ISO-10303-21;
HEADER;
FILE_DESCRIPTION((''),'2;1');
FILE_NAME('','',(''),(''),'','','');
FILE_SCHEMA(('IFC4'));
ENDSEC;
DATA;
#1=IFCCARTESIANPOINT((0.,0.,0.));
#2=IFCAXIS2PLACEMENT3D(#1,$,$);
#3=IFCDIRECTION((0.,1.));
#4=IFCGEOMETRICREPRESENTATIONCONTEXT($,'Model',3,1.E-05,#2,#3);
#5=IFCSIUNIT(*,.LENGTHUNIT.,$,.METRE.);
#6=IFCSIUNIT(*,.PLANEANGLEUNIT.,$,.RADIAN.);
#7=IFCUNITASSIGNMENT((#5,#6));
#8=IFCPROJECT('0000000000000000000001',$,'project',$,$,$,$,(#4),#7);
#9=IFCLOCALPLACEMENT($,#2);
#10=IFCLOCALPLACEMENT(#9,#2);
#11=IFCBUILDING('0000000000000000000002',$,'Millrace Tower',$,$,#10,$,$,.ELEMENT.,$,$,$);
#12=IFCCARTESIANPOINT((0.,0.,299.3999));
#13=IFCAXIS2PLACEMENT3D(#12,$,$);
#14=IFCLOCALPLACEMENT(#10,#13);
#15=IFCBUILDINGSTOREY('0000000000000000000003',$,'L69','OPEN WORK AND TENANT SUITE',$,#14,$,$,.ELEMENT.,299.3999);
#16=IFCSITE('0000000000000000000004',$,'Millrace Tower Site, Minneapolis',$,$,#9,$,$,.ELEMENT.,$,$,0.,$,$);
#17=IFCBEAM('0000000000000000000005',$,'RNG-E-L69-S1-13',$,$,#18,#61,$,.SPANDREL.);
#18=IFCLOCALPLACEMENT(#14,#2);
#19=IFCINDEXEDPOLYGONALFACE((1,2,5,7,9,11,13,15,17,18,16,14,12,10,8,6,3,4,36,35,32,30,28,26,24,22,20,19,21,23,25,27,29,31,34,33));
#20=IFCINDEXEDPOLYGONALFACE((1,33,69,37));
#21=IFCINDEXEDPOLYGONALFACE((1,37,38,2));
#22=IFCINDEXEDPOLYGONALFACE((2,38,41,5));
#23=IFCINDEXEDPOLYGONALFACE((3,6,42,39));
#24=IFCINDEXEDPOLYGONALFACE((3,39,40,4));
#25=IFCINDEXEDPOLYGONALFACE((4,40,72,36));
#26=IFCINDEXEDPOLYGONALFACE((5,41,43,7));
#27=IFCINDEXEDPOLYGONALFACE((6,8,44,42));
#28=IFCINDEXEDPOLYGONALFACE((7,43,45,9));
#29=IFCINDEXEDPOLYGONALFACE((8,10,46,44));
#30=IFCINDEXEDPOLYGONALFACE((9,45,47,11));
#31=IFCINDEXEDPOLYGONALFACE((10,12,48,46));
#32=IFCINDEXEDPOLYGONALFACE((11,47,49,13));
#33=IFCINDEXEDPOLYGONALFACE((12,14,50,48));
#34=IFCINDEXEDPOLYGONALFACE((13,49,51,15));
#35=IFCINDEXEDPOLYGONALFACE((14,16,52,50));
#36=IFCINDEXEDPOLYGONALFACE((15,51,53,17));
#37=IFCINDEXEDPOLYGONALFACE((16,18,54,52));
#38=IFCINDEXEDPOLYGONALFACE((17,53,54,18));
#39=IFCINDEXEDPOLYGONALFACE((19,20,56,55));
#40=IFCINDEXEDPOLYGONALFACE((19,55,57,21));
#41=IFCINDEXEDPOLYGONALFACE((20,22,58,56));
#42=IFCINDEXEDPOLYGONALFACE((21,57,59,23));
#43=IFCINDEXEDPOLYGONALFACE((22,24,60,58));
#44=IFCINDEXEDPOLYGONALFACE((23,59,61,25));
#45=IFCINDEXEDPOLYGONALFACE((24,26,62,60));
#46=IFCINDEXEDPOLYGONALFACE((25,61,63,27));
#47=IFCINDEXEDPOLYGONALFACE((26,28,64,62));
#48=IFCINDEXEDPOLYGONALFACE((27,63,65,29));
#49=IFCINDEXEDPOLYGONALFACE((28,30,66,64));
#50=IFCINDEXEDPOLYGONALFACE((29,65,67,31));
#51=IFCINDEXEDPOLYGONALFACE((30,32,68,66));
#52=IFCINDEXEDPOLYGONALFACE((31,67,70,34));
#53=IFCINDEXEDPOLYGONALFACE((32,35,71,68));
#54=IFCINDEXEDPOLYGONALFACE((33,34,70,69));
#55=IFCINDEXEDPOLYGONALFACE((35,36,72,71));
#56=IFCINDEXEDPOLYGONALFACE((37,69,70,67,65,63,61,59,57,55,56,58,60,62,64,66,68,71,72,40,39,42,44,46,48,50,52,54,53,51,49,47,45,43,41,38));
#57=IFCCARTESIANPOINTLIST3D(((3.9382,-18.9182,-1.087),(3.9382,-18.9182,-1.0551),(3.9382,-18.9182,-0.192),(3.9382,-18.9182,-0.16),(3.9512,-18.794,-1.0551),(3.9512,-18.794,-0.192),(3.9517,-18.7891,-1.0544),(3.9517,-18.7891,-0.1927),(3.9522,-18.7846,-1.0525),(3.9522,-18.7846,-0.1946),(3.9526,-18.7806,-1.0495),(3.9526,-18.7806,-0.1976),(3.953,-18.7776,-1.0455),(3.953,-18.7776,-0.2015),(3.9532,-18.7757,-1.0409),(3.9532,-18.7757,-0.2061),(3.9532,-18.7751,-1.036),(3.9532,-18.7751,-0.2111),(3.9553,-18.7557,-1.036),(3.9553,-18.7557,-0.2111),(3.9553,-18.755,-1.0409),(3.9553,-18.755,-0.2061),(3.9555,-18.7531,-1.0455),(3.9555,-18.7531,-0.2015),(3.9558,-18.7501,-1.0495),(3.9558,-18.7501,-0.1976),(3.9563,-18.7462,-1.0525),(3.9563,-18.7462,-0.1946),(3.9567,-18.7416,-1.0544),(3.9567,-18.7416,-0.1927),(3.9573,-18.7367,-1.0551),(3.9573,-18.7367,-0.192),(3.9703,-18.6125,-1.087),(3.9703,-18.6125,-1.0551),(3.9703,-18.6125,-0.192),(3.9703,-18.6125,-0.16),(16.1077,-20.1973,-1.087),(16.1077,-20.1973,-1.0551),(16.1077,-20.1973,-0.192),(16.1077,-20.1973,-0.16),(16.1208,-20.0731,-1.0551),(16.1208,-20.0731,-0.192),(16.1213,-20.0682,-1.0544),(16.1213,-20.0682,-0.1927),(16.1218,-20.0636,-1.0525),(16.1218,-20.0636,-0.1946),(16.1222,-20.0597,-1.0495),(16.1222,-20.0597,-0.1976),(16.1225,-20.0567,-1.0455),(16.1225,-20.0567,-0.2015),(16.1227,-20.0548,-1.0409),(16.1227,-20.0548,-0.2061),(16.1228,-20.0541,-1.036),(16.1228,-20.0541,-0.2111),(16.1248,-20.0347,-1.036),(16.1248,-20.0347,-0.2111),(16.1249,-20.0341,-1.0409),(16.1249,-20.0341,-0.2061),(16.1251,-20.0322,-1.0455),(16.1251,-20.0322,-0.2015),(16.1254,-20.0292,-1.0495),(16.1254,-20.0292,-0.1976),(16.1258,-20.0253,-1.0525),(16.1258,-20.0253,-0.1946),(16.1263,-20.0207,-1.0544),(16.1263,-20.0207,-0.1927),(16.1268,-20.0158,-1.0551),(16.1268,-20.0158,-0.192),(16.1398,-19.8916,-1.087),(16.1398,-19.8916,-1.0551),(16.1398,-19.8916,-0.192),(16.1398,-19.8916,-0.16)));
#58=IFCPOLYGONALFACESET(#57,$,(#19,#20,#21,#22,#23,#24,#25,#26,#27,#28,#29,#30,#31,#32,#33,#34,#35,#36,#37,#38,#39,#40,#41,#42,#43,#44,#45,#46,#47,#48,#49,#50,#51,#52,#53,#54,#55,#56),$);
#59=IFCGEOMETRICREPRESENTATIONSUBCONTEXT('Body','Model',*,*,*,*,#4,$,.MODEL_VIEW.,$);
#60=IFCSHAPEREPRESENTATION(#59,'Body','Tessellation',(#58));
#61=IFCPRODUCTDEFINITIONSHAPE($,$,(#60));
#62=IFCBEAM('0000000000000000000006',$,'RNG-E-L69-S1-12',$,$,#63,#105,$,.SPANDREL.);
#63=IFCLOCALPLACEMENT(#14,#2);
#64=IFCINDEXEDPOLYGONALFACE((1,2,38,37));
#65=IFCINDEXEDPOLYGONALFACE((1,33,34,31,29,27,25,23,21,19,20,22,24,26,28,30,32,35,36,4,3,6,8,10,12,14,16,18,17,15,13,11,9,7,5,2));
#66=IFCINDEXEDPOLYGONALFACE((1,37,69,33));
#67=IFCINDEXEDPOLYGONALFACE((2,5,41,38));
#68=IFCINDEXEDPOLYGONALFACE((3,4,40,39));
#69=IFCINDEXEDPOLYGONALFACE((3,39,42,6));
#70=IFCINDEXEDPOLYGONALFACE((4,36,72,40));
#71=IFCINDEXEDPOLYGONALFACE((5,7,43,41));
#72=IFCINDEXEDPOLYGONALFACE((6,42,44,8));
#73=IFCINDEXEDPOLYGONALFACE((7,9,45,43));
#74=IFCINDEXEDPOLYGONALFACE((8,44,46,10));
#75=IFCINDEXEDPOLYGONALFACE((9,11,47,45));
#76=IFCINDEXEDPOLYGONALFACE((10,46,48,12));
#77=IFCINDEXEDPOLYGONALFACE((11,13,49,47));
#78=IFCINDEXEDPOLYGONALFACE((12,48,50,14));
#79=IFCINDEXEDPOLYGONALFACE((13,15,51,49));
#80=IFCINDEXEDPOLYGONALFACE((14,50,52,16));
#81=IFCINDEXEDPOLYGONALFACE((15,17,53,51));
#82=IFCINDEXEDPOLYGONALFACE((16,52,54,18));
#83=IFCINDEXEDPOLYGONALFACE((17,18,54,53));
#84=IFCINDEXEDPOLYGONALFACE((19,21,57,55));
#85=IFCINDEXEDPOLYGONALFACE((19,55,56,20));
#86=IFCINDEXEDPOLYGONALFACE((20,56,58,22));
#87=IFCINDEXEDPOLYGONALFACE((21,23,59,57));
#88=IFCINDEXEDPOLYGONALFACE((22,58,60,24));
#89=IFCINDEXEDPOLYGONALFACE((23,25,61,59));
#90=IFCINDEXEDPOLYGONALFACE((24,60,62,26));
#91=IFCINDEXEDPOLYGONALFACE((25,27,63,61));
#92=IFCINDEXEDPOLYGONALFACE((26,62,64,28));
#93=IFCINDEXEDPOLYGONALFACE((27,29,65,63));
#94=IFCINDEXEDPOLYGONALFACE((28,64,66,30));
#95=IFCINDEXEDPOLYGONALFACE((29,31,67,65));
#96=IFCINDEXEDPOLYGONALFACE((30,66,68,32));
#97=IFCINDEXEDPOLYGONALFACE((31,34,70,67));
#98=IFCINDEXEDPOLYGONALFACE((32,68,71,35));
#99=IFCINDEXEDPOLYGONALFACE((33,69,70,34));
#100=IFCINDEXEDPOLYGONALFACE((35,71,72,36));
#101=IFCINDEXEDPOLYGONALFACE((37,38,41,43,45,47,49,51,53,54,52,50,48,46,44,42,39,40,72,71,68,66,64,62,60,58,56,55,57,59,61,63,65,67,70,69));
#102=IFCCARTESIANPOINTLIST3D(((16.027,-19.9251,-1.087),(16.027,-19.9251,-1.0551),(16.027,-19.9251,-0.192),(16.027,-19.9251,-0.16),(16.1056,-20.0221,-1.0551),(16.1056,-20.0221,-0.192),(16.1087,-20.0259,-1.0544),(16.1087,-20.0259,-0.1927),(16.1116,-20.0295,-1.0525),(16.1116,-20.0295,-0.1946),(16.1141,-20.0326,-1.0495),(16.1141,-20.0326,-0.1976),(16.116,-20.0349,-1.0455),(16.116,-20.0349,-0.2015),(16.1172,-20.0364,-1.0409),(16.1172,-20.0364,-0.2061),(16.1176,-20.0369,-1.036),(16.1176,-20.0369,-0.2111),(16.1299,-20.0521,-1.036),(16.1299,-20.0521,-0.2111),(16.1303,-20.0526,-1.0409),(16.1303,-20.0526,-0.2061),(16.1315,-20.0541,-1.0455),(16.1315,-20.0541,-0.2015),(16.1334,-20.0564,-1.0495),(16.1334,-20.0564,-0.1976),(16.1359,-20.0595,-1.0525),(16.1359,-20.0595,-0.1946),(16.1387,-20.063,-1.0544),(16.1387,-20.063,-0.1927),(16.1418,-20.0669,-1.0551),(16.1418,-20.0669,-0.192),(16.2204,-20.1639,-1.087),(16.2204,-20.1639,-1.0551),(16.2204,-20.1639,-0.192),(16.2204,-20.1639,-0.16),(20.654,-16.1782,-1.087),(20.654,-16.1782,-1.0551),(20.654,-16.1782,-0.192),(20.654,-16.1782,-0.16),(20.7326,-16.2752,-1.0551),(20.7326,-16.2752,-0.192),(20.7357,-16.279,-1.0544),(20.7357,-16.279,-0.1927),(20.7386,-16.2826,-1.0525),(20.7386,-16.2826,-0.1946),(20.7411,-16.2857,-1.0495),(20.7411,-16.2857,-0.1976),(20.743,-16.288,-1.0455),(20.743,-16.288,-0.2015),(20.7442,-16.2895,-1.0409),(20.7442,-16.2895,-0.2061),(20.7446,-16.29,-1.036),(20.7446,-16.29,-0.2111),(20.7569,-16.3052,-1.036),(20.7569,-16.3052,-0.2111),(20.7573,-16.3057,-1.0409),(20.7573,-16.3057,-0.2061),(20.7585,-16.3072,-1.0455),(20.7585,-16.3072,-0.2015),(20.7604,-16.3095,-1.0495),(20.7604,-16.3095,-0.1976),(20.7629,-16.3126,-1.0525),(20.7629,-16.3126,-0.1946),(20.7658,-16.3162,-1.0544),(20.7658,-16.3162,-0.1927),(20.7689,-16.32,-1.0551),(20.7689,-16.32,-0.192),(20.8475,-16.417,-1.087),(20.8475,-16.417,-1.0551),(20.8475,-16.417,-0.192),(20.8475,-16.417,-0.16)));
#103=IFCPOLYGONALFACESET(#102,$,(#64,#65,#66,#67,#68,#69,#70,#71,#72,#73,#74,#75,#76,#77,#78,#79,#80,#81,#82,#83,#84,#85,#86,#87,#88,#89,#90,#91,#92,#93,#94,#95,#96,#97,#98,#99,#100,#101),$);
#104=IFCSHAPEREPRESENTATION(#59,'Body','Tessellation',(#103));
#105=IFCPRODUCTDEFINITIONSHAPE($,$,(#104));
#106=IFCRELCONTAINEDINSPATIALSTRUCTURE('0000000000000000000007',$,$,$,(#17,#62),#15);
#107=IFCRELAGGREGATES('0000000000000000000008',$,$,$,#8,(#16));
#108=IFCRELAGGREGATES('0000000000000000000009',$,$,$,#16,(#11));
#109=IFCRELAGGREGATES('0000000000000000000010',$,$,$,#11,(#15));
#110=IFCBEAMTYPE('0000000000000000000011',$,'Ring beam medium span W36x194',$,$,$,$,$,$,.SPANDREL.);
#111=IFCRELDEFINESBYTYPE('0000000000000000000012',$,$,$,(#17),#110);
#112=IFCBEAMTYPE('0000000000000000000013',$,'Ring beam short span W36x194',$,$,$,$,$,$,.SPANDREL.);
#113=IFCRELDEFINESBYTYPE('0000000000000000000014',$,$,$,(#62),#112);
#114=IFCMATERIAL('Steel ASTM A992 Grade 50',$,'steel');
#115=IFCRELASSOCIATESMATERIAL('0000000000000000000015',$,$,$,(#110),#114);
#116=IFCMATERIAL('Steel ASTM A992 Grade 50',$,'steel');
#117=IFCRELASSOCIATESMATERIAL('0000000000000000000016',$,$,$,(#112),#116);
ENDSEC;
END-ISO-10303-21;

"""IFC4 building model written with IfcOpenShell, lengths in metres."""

from ifc_helpers import new_model, si_unit, direction, frame, origin, origin_2d, place, context, subcontext, project, spatial, i_section, extrude, material, material_profile, profile_set, type_object, element, save


model = new_model("IFC4")

# Units and contexts
model_context = context("Model", 3, precision=1e-05, world=origin(), true_north=direction((0.0, 1.0)))
body_context = subcontext(model_context, "Body", "Model", "MODEL_VIEW")
ifc_project = project(units=[si_unit("LENGTHUNIT", "METRE"), si_unit("PLANEANGLEUNIT", "RADIAN")], contexts=[model_context])

# Site, building, storey
site_placement = place(None, origin())
site = spatial("IfcSite", under=ifc_project, at=site_placement, Name="Millrace Tower Site, Minneapolis", CompositionType="ELEMENT", RefElevation=0.0)
building_placement = place(site_placement, origin())
building = spatial("IfcBuilding", under=site, at=building_placement, Name="Millrace Tower", CompositionType="ELEMENT")
storey_placement = place(building_placement, frame((0.0, 0.0, 299.3999)))
storey = spatial("IfcBuildingStorey", under=building, at=storey_placement, Name="L69", Description="OPEN WORK AND TENANT SUITE", CompositionType="ELEMENT", Elevation=299.3999)

# Beams
ifc_material_1 = material(Name="Steel ASTM A992 Grade 50", Category="steel")
ifc_material_profile_1 = material_profile(ifc_material_1, i_section(OverallWidth=0.3074, OverallDepth=0.927, WebThickness=0.0195, FlangeThickness=0.032, FilletRadius=0.019, at=origin_2d()))
ifc_profile_set_1 = profile_set([ifc_material_profile_1], Name="Steel ASTM A992 Grade 50")
beam_type_1 = type_object("IfcBeamType", Name="Ring beam medium span W36x194", PredefinedType="SPANDREL", material=ifc_profile_set_1)
beam_1_placement = place(storey_placement, frame((16.1238, -20.0444, -0.6235), z_axis=(-0.994522, 0.104528, 0.0), x_axis=(-0.104528, -0.994522, 0.0)))
element("IfcBeam", 1, at=beam_1_placement, inside=storey, type_object=beam_type_1, Name="RNG-E-L69-S1-13", PredefinedType="SPANDREL", context=body_context, shape_type="SweptSolid", body=[
    extrude(i_section(OverallWidth=0.3074, OverallDepth=0.927, WebThickness=0.0195, FlangeThickness=0.032, FilletRadius=0.019, at=origin_2d()), origin(), (0.0, 0.0, 1.0), 12.2366),
])
ifc_material_2 = material(Name="Steel ASTM A992 Grade 50", Category="steel")
ifc_material_profile_2 = material_profile(ifc_material_2, i_section(OverallWidth=0.3074, OverallDepth=0.927, WebThickness=0.0195, FlangeThickness=0.032, FilletRadius=0.019, at=origin_2d()))
ifc_profile_set_2 = profile_set([ifc_material_profile_2], Name="Steel ASTM A992 Grade 50")
beam_type_2 = type_object("IfcBeamType", Name="Ring beam short span W36x194", PredefinedType="SPANDREL", material=ifc_profile_set_2)
beam_2_placement = place(storey_placement, frame((20.7507, -16.2976, -0.6235), z_axis=(-0.777147, -0.62932, 0.0), x_axis=(0.62932, -0.777147, 0.0)))
element("IfcBeam", 2, at=beam_2_placement, inside=storey, type_object=beam_type_2, Name="RNG-E-L69-S1-12", PredefinedType="SPANDREL", context=body_context, shape_type="SweptSolid", body=[
    extrude(i_section(OverallWidth=0.3074, OverallDepth=0.927, WebThickness=0.0195, FlangeThickness=0.032, FilletRadius=0.019, at=origin_2d()), origin(), (0.0, 0.0, 1.0), 5.9539),
])

save(model, "model.ifc")
